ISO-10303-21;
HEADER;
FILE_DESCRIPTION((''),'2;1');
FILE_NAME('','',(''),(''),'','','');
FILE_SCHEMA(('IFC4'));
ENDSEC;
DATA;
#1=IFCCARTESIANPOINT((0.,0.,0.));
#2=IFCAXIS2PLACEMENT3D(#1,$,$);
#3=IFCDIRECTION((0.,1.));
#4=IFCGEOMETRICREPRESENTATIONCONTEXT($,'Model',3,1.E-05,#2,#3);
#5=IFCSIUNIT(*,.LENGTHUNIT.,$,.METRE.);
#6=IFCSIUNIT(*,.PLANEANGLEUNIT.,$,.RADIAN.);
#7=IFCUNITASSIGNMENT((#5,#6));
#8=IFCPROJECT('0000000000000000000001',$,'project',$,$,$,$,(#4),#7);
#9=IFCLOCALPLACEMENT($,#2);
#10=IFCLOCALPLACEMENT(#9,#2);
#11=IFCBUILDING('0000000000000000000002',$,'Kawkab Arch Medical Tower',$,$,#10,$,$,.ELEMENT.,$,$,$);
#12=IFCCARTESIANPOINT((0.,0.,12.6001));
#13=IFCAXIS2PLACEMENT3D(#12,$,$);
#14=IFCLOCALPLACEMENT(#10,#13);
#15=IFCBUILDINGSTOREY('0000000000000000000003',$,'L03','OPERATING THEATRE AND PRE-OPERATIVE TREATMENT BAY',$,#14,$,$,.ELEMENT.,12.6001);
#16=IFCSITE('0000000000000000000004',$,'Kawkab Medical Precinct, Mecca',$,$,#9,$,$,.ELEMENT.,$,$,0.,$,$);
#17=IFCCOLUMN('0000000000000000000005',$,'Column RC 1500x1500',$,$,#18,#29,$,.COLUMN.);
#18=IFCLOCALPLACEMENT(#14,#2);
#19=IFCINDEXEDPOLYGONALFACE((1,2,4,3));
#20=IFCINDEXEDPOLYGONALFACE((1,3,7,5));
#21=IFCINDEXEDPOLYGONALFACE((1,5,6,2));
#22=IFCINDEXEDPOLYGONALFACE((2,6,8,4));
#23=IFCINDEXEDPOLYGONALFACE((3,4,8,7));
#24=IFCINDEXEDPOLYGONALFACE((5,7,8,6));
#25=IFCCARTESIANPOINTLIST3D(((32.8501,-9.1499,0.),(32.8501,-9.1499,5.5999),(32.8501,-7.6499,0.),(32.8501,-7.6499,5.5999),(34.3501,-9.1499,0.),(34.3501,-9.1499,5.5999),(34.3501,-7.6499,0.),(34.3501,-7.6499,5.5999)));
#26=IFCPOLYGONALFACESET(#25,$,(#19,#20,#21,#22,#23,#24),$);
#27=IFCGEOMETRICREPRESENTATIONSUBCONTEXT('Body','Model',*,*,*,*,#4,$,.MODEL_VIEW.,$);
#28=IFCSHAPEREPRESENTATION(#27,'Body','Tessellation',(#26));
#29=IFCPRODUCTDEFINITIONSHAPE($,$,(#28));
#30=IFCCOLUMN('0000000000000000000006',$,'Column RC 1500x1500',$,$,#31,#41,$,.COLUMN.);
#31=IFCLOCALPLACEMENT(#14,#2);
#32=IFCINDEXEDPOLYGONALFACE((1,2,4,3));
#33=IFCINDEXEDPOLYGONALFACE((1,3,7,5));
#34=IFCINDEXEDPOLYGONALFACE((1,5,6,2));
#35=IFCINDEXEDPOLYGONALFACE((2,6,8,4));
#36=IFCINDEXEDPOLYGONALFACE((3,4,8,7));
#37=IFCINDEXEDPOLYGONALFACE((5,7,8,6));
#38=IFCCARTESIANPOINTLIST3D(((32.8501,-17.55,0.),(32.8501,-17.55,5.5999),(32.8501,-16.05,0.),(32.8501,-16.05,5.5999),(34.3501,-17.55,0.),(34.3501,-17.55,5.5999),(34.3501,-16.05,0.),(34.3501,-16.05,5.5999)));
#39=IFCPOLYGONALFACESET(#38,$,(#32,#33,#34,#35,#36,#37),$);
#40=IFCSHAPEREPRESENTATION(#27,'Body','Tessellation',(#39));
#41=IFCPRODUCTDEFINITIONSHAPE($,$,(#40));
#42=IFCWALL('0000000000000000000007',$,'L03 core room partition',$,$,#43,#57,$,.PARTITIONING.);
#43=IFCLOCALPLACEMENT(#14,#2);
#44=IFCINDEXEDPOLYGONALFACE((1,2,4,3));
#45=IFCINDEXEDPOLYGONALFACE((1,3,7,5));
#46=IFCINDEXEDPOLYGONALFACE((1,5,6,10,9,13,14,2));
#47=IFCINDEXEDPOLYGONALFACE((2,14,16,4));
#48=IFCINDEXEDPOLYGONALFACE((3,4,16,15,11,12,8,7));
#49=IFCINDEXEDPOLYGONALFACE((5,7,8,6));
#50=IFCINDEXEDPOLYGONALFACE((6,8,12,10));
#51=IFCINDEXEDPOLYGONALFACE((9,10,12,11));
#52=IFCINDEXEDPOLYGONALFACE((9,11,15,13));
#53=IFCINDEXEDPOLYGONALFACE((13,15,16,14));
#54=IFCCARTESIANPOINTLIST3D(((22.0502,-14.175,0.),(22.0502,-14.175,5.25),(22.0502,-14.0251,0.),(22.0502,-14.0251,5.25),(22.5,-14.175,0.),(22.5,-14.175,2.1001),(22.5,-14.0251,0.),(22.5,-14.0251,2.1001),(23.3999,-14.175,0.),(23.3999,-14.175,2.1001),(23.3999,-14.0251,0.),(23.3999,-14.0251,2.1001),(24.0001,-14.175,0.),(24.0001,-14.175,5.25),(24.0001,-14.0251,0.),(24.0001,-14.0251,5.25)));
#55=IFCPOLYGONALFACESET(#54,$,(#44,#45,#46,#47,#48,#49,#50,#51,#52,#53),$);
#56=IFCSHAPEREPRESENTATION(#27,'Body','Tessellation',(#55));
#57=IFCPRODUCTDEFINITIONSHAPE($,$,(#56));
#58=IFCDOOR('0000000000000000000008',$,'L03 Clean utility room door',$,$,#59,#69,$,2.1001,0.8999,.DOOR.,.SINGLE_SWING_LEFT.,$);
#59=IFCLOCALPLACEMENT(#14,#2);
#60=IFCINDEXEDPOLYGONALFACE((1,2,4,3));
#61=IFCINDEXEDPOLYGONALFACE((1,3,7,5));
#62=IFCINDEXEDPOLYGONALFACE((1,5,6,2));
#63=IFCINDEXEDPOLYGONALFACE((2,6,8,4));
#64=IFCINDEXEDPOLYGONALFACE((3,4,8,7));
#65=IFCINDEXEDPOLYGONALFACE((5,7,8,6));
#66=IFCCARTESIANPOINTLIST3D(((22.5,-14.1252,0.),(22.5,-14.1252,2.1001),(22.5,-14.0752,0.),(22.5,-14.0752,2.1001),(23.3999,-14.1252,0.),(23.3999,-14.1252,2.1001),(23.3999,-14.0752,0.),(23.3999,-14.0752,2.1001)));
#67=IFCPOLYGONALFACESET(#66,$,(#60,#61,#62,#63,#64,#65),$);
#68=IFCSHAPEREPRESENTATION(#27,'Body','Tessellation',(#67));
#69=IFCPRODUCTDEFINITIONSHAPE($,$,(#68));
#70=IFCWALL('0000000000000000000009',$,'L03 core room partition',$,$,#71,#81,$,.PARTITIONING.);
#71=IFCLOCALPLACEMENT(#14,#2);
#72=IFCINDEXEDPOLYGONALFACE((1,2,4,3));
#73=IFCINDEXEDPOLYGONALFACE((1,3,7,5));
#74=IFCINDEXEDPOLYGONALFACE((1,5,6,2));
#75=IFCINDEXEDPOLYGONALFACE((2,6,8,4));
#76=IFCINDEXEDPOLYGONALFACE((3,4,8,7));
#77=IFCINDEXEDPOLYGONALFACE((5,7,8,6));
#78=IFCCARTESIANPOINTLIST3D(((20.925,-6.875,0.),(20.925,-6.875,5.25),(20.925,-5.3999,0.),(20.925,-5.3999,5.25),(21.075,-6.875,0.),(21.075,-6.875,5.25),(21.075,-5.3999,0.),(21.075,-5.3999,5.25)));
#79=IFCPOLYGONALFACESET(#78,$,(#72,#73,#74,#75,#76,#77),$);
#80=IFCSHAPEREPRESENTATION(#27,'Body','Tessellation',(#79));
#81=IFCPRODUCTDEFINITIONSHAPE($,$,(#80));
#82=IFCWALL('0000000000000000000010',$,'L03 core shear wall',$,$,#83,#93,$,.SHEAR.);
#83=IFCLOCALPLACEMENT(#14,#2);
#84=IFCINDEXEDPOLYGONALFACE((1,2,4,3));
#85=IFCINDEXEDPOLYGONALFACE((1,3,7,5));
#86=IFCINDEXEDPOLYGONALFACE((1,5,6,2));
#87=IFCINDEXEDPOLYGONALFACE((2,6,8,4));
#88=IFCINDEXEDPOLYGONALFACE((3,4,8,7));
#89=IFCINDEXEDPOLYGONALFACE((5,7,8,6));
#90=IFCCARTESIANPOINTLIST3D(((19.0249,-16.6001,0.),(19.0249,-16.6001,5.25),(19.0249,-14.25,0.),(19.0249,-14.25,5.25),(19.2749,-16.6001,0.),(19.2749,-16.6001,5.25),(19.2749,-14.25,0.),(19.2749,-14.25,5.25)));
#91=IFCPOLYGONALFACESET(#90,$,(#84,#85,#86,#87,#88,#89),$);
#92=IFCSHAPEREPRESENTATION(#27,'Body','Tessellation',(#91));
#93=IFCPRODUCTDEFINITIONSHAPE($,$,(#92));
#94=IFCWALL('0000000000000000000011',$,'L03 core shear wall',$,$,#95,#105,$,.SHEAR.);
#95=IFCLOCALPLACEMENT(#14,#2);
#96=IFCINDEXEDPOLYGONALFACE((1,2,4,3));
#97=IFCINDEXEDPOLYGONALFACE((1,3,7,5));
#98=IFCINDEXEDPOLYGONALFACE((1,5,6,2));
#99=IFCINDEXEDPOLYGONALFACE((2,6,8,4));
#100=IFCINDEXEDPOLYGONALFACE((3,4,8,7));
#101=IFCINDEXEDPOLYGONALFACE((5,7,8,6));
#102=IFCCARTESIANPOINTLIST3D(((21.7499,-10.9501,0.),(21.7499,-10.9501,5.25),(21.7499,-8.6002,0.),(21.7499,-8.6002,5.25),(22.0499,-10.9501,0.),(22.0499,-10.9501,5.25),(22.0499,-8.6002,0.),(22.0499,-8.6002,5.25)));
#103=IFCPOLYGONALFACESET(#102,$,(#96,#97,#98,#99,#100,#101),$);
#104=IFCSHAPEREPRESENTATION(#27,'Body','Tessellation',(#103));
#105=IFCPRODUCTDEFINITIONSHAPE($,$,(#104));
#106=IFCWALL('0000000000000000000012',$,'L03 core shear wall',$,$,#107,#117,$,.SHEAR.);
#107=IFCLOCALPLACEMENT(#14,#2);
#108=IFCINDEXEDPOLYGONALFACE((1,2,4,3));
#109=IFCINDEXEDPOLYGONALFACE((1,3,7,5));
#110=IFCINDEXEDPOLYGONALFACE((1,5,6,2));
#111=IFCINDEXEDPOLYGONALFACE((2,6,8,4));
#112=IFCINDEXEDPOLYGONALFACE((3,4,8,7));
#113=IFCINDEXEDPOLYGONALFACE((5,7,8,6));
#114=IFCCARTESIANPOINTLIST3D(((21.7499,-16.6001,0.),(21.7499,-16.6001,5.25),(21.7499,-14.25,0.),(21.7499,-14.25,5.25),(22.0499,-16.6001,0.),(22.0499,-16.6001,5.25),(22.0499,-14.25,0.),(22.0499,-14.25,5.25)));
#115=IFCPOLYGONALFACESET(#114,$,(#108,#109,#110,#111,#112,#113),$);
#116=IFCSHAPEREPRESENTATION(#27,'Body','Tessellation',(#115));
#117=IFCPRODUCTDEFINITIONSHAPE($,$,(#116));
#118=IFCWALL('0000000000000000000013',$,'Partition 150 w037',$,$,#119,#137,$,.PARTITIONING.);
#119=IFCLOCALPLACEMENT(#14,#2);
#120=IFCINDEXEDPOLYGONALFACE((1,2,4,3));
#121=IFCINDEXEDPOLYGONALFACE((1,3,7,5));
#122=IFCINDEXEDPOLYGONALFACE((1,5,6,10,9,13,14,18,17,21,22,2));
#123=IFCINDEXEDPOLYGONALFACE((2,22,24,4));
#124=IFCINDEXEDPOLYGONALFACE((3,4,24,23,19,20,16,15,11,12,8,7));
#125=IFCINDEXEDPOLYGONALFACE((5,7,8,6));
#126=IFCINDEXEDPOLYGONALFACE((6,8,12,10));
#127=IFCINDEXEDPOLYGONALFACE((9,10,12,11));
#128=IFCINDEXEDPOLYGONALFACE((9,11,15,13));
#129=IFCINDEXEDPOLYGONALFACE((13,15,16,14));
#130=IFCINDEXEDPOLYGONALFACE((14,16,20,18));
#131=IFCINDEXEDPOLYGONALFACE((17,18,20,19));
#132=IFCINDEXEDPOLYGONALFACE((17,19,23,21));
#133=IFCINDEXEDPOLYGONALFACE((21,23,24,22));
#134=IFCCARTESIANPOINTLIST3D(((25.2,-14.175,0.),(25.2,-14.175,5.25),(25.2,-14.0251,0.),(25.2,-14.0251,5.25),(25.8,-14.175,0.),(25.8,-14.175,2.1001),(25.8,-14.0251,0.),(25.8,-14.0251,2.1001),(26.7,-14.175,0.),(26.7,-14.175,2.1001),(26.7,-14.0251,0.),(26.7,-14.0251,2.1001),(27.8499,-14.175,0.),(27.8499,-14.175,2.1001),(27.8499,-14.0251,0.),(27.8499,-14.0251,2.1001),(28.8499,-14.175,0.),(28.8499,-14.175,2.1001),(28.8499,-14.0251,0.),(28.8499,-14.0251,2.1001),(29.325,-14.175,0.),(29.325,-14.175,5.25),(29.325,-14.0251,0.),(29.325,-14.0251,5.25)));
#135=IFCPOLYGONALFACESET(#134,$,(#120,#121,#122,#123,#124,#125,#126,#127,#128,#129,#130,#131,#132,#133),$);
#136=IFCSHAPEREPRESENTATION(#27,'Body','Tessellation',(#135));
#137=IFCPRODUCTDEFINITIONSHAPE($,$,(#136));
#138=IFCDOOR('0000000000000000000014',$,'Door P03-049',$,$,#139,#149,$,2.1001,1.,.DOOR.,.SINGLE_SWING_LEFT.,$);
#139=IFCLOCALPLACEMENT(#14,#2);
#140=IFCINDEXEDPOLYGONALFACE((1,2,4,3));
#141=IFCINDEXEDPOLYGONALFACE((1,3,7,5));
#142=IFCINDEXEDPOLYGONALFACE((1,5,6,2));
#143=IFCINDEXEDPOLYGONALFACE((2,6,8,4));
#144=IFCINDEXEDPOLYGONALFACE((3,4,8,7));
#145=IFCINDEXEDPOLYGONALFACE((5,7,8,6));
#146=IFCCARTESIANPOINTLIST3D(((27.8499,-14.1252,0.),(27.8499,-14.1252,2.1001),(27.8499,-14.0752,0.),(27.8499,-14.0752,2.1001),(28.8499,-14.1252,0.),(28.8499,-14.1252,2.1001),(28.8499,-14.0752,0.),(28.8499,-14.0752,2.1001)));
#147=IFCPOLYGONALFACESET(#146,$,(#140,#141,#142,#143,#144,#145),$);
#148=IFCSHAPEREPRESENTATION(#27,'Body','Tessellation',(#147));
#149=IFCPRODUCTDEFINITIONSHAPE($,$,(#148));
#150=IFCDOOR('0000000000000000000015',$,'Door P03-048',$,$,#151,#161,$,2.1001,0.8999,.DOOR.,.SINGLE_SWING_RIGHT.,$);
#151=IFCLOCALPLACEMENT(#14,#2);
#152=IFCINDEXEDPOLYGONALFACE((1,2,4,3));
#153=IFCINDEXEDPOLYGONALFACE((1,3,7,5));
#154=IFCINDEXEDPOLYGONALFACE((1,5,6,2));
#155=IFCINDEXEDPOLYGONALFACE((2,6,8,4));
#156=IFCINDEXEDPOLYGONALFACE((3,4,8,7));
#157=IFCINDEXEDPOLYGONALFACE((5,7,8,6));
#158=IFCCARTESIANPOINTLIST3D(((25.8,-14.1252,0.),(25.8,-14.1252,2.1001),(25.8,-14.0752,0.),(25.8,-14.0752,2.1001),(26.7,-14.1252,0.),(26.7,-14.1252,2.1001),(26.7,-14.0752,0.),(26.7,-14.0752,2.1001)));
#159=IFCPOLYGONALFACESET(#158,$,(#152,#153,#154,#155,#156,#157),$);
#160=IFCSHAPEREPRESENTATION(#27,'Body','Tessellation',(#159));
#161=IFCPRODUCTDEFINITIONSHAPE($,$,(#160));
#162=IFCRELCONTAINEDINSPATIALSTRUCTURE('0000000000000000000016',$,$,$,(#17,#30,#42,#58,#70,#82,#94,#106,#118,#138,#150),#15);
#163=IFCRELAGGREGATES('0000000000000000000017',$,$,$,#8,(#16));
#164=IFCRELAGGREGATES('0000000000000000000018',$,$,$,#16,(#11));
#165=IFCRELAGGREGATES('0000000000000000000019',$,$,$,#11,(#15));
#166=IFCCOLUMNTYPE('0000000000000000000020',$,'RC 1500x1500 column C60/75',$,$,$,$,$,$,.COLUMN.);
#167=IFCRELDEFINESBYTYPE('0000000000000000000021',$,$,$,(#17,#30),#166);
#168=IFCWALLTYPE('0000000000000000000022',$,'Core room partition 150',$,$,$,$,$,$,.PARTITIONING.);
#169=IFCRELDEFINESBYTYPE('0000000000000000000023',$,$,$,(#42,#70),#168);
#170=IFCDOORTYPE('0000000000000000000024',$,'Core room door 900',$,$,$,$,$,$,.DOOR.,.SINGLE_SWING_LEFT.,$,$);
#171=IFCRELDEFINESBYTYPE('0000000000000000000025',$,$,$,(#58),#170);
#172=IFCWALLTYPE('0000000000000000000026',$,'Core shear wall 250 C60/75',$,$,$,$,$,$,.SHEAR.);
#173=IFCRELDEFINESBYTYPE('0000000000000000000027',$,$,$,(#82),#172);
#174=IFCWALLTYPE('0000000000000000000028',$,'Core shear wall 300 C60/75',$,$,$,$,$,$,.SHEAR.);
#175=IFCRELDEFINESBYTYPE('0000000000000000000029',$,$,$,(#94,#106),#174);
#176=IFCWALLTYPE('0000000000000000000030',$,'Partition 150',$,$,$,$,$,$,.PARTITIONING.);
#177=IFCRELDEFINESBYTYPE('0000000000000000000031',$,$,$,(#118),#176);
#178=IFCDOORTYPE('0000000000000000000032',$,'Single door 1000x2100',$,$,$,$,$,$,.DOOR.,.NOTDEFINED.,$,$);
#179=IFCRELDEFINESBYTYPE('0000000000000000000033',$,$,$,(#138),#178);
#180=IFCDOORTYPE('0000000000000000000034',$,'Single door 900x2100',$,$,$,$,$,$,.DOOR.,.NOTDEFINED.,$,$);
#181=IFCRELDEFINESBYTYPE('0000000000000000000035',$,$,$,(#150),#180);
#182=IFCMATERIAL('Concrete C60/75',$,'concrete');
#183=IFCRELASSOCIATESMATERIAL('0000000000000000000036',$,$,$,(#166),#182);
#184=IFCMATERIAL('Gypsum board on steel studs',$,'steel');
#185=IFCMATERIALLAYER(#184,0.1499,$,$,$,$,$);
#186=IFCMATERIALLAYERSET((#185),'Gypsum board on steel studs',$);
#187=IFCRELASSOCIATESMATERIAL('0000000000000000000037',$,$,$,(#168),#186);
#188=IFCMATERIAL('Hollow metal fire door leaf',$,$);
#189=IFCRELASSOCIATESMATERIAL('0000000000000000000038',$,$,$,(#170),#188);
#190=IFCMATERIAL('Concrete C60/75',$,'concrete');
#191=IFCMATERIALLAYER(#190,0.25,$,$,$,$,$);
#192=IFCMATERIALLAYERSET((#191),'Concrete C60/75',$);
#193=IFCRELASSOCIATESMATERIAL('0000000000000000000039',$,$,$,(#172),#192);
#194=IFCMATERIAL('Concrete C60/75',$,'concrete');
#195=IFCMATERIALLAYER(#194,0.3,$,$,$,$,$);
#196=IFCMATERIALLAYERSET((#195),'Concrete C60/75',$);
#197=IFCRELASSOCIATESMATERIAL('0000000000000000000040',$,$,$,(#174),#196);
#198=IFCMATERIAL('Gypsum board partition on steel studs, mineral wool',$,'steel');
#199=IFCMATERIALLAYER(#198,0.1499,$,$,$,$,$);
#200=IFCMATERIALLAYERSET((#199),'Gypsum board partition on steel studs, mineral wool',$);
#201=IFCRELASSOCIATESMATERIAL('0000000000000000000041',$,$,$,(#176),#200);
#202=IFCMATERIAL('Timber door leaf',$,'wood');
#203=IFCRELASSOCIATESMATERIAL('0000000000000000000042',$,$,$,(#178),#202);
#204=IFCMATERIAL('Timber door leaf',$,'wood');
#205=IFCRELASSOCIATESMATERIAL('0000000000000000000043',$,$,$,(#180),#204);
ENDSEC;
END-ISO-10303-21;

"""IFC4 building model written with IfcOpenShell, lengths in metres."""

from ifc_helpers import new_model, si_unit, direction, frame, frame_2d, origin, origin_2d, place, context, subcontext, project, spatial, rectangle, extrude, material, layer, layer_set, material_profile, profile_set, type_object, element, fill, save


model = new_model("IFC4")

# Units and contexts
model_context = context("Model", 3, precision=1e-05, world=origin(), true_north=direction((0.0, 1.0)))
body_context = subcontext(model_context, "Body", "Model", "MODEL_VIEW")
ifc_project = project(units=[si_unit("LENGTHUNIT", "METRE"), si_unit("PLANEANGLEUNIT", "RADIAN")], contexts=[model_context])

# Site, building, storey
site_placement = place(None, origin())
site = spatial("IfcSite", under=ifc_project, at=site_placement, Name="Kawkab Medical Precinct, Mecca", CompositionType="ELEMENT", RefElevation=0.0)
building_placement = place(site_placement, origin())
building = spatial("IfcBuilding", under=site, at=building_placement, Name="Kawkab Arch Medical Tower", CompositionType="ELEMENT")
storey_placement = place(building_placement, frame((0.0, 0.0, 12.6001)))
storey = spatial("IfcBuildingStorey", under=building, at=storey_placement, Name="L03", Description="OPERATING THEATRE AND PRE-OPERATIVE TREATMENT BAY", CompositionType="ELEMENT", Elevation=12.6001)

# Columns
ifc_material_1 = material(Name="Concrete C60/75", Category="concrete")
ifc_material_profile = material_profile(ifc_material_1, rectangle(XDim=1.5, YDim=1.5, at=origin_2d()), Name="RC 1500x1500")
ifc_profile_set = profile_set([ifc_material_profile], Name="Concrete C60/75")
column_type = type_object("IfcColumnType", Name="RC 1500x1500 column C60/75", PredefinedType="COLUMN", material=ifc_profile_set)
for number, where, z_axis, x_axis, name in (
    (1, (33.6001, -8.3999, 0.0), (0.0, 0.0, 1.0), (1.0, 0.0, 0.0), "Column RC 1500x1500"),
    (2, (33.6001, -16.8, 0.0), (0.0, 0.0, 1.0), (1.0, 0.0, 0.0), "Column RC 1500x1500"),
):
    element("IfcColumn", number, at=place(storey_placement, frame(where, z_axis=z_axis, x_axis=x_axis)), inside=storey, type_object=column_type, Name=name, PredefinedType="COLUMN", context=body_context, shape_type="SweptSolid", body=[
        extrude(rectangle(XDim=1.5, YDim=1.5, at=origin_2d()), origin(), (0.0, 0.0, 1.0), 5.5999),
    ])

# Wall, opening, door
ifc_material_2 = material(Name="Gypsum board on steel studs", Category="steel")
ifc_layer_1 = layer(ifc_material_2, 0.1499)
ifc_layer_set_1 = layer_set([ifc_layer_1], Name="Gypsum board on steel studs")
wall_type_1 = type_object("IfcWallType", Name="Core room partition 150", PredefinedType="PARTITIONING", material=ifc_layer_set_1)
wall_1_placement = place(storey_placement, frame((22.05, -14.1001, 0.0), z_axis=(0.0, 0.0, 1.0), x_axis=(1.0, 0.0, 0.0)))
wall_1 = element("IfcWall", 3, at=wall_1_placement, inside=storey, type_object=wall_type_1, Name="L03 core room partition", PredefinedType="PARTITIONING", context=body_context, shape_type="SweptSolid", body=[
    extrude(rectangle(XDim=1.95, YDim=0.1499, at=frame_2d((0.9751, 0.0))), origin(), (0.0, 0.0, 1.0), 5.25),
])
opening_1_placement = place(wall_1_placement, frame((0.45, 0.0, 0.0)))
opening_1 = element("IfcOpeningElement", 4, at=opening_1_placement, cuts=wall_1, PredefinedType="OPENING", context=body_context, shape_type="SweptSolid", body=[
    extrude(rectangle(XDim=0.8999, YDim=2.1001, at=frame_2d((0.45, 1.05))), frame((0.0, 0.085, 0.0), z_axis=(0.0, -1.0, 0.0), x_axis=(1.0, 0.0, 0.0)), (0.0, 0.0, 1.0), 0.1699),
])
ifc_material_3 = material(Name="Hollow metal fire door leaf")
door_type_1 = type_object("IfcDoorType", Name="Core room door 900", OperationType="SINGLE_SWING_LEFT", PredefinedType="DOOR", material=ifc_material_3)
door_1_placement = place(opening_1_placement, origin())
door_1 = element("IfcDoor", 5, at=door_1_placement, inside=storey, type_object=door_type_1, Name="L03 Clean utility room door", OperationType="SINGLE_SWING_LEFT", OverallHeight=2.1001, OverallWidth=0.8999, PredefinedType="DOOR", context=body_context, shape_type="SweptSolid", body=[
    extrude(rectangle(XDim=0.8999, YDim=2.1001, at=frame_2d((0.45, 1.05))), frame((0.0, 0.0249, 0.0), z_axis=(0.0, -1.0, 0.0), x_axis=(1.0, 0.0, 0.0)), (0.0, 0.0, 1.0), 0.05),
])
fill(opening_1, door_1)

# Walls
wall_2_placement = place(storey_placement, frame((21.0, -6.875, 0.0), z_axis=(0.0, 0.0, 1.0), x_axis=(0.0, 1.0, 0.0)))
element("IfcWall", 6, at=wall_2_placement, inside=storey, type_object=wall_type_1, Name="L03 core room partition", PredefinedType="PARTITIONING", context=body_context, shape_type="SweptSolid", body=[
    extrude(rectangle(XDim=1.4751, YDim=0.1499, at=frame_2d((0.7375, 0.0))), origin(), (0.0, 0.0, 1.0), 5.25),
])
ifc_material_4 = material(Name="Concrete C60/75", Category="concrete")
ifc_layer_2 = layer(ifc_material_4, 0.25)
ifc_layer_set_2 = layer_set([ifc_layer_2], Name="Concrete C60/75")
wall_type_2 = type_object("IfcWallType", Name="Core shear wall 250 C60/75", PredefinedType="SHEAR", material=ifc_layer_set_2)
wall_3_placement = place(storey_placement, frame((19.1499, -16.6001, 0.0), z_axis=(0.0, 0.0, 1.0), x_axis=(0.0, 1.0, 0.0)))
element("IfcWall", 7, at=wall_3_placement, inside=storey, type_object=wall_type_2, Name="L03 core shear wall", PredefinedType="SHEAR", context=body_context, shape_type="SweptSolid", body=[
    extrude(rectangle(XDim=2.3501, YDim=0.25, at=frame_2d((1.175, 0.0))), origin(), (0.0, 0.0, 1.0), 5.25),
])
ifc_material_5 = material(Name="Concrete C60/75", Category="concrete")
ifc_layer_3 = layer(ifc_material_5, 0.3)
ifc_layer_set_3 = layer_set([ifc_layer_3], Name="Concrete C60/75")
wall_type_3 = type_object("IfcWallType", Name="Core shear wall 300 C60/75", PredefinedType="SHEAR", material=ifc_layer_set_3)
wall_4_placement = place(storey_placement, frame((21.8999, -10.95, 0.0), z_axis=(0.0, 0.0, 1.0), x_axis=(0.0, 1.0, 0.0)))
element("IfcWall", 8, at=wall_4_placement, inside=storey, type_object=wall_type_3, Name="L03 core shear wall", PredefinedType="SHEAR", context=body_context, shape_type="SweptSolid", body=[
    extrude(rectangle(XDim=2.3499, YDim=0.3, at=frame_2d((1.1748, 0.0))), origin(), (0.0, 0.0, 1.0), 5.25),
])
wall_5_placement = place(storey_placement, frame((21.8999, -16.6001, 0.0), z_axis=(0.0, 0.0, 1.0), x_axis=(0.0, 1.0, 0.0)))
element("IfcWall", 9, at=wall_5_placement, inside=storey, type_object=wall_type_3, Name="L03 core shear wall", PredefinedType="SHEAR", context=body_context, shape_type="SweptSolid", body=[
    extrude(rectangle(XDim=2.3501, YDim=0.3, at=frame_2d((1.175, 0.0))), origin(), (0.0, 0.0, 1.0), 5.25),
])

# Wall, openings, doors
ifc_material_6 = material(Name="Gypsum board partition on steel studs, mineral wool", Category="steel")
ifc_layer_4 = layer(ifc_material_6, 0.1499)
ifc_layer_set_4 = layer_set([ifc_layer_4], Name="Gypsum board partition on steel studs, mineral wool")
wall_type_4 = type_object("IfcWallType", Name="Partition 150", PredefinedType="PARTITIONING", material=ifc_layer_set_4)
wall_6_placement = place(storey_placement, frame((25.2, -14.1001, 0.0), z_axis=(0.0, 0.0, 1.0), x_axis=(1.0, 0.0, 0.0)))
wall_6 = element("IfcWall", 10, at=wall_6_placement, inside=storey, type_object=wall_type_4, Name="Partition 150 w037", PredefinedType="PARTITIONING", context=body_context, shape_type="SweptSolid", body=[
    extrude(rectangle(XDim=4.125, YDim=0.1499, at=frame_2d((2.0625, 0.0))), origin(), (0.0, 0.0, 1.0), 5.25),
])
opening_2_placement = place(wall_6_placement, frame((0.6001, 0.0, 0.0)))
opening_2 = element("IfcOpeningElement", 11, at=opening_2_placement, cuts=wall_6, PredefinedType="OPENING", context=body_context, shape_type="SweptSolid", body=[
    extrude(rectangle(XDim=0.8999, YDim=2.1001, at=frame_2d((0.45, 1.05))), frame((0.0, 0.085, 0.0), z_axis=(0.0, -1.0, 0.0), x_axis=(1.0, 0.0, 0.0)), (0.0, 0.0, 1.0), 0.1699),
])
opening_3_placement = place(wall_6_placement, frame((2.6499, 0.0, 0.0)))
opening_3 = element("IfcOpeningElement", 12, at=opening_3_placement, cuts=wall_6, PredefinedType="OPENING", context=body_context, shape_type="SweptSolid", body=[
    extrude(rectangle(XDim=1.0, YDim=2.1001, at=frame_2d((0.5, 1.05))), frame((0.0, 0.085, 0.0), z_axis=(0.0, -1.0, 0.0), x_axis=(1.0, 0.0, 0.0)), (0.0, 0.0, 1.0), 0.1699),
])
ifc_material_7 = material(Name="Timber door leaf", Category="wood")
door_type_2 = type_object("IfcDoorType", Name="Single door 1000x2100", OperationType="NOTDEFINED", PredefinedType="DOOR", material=ifc_material_7)
door_2_placement = place(opening_3_placement, origin())
door_2 = element("IfcDoor", 13, at=door_2_placement, inside=storey, type_object=door_type_2, Name="Door P03-049", OperationType="SINGLE_SWING_LEFT", OverallHeight=2.1001, OverallWidth=1.0, PredefinedType="DOOR", context=body_context, shape_type="SweptSolid", body=[
    extrude(rectangle(XDim=1.0, YDim=2.1001, at=frame_2d((0.5, 1.05))), frame((0.0, 0.0249, 0.0), z_axis=(0.0, -1.0, 0.0), x_axis=(1.0, 0.0, 0.0)), (0.0, 0.0, 1.0), 0.05),
])
fill(opening_3, door_2)
ifc_material_8 = material(Name="Timber door leaf", Category="wood")
door_type_3 = type_object("IfcDoorType", Name="Single door 900x2100", OperationType="NOTDEFINED", PredefinedType="DOOR", material=ifc_material_8)
door_3_placement = place(opening_2_placement, origin())
door_3 = element("IfcDoor", 14, at=door_3_placement, inside=storey, type_object=door_type_3, Name="Door P03-048", OperationType="SINGLE_SWING_RIGHT", OverallHeight=2.1001, OverallWidth=0.8999, PredefinedType="DOOR", context=body_context, shape_type="SweptSolid", body=[
    extrude(rectangle(XDim=0.8999, YDim=2.1001, at=frame_2d((0.45, 1.05))), frame((0.0, 0.0249, 0.0), z_axis=(0.0, -1.0, 0.0), x_axis=(1.0, 0.0, 0.0)), (0.0, 0.0, 1.0), 0.05),
])
fill(opening_2, door_3)

save(model, "model.ifc")
